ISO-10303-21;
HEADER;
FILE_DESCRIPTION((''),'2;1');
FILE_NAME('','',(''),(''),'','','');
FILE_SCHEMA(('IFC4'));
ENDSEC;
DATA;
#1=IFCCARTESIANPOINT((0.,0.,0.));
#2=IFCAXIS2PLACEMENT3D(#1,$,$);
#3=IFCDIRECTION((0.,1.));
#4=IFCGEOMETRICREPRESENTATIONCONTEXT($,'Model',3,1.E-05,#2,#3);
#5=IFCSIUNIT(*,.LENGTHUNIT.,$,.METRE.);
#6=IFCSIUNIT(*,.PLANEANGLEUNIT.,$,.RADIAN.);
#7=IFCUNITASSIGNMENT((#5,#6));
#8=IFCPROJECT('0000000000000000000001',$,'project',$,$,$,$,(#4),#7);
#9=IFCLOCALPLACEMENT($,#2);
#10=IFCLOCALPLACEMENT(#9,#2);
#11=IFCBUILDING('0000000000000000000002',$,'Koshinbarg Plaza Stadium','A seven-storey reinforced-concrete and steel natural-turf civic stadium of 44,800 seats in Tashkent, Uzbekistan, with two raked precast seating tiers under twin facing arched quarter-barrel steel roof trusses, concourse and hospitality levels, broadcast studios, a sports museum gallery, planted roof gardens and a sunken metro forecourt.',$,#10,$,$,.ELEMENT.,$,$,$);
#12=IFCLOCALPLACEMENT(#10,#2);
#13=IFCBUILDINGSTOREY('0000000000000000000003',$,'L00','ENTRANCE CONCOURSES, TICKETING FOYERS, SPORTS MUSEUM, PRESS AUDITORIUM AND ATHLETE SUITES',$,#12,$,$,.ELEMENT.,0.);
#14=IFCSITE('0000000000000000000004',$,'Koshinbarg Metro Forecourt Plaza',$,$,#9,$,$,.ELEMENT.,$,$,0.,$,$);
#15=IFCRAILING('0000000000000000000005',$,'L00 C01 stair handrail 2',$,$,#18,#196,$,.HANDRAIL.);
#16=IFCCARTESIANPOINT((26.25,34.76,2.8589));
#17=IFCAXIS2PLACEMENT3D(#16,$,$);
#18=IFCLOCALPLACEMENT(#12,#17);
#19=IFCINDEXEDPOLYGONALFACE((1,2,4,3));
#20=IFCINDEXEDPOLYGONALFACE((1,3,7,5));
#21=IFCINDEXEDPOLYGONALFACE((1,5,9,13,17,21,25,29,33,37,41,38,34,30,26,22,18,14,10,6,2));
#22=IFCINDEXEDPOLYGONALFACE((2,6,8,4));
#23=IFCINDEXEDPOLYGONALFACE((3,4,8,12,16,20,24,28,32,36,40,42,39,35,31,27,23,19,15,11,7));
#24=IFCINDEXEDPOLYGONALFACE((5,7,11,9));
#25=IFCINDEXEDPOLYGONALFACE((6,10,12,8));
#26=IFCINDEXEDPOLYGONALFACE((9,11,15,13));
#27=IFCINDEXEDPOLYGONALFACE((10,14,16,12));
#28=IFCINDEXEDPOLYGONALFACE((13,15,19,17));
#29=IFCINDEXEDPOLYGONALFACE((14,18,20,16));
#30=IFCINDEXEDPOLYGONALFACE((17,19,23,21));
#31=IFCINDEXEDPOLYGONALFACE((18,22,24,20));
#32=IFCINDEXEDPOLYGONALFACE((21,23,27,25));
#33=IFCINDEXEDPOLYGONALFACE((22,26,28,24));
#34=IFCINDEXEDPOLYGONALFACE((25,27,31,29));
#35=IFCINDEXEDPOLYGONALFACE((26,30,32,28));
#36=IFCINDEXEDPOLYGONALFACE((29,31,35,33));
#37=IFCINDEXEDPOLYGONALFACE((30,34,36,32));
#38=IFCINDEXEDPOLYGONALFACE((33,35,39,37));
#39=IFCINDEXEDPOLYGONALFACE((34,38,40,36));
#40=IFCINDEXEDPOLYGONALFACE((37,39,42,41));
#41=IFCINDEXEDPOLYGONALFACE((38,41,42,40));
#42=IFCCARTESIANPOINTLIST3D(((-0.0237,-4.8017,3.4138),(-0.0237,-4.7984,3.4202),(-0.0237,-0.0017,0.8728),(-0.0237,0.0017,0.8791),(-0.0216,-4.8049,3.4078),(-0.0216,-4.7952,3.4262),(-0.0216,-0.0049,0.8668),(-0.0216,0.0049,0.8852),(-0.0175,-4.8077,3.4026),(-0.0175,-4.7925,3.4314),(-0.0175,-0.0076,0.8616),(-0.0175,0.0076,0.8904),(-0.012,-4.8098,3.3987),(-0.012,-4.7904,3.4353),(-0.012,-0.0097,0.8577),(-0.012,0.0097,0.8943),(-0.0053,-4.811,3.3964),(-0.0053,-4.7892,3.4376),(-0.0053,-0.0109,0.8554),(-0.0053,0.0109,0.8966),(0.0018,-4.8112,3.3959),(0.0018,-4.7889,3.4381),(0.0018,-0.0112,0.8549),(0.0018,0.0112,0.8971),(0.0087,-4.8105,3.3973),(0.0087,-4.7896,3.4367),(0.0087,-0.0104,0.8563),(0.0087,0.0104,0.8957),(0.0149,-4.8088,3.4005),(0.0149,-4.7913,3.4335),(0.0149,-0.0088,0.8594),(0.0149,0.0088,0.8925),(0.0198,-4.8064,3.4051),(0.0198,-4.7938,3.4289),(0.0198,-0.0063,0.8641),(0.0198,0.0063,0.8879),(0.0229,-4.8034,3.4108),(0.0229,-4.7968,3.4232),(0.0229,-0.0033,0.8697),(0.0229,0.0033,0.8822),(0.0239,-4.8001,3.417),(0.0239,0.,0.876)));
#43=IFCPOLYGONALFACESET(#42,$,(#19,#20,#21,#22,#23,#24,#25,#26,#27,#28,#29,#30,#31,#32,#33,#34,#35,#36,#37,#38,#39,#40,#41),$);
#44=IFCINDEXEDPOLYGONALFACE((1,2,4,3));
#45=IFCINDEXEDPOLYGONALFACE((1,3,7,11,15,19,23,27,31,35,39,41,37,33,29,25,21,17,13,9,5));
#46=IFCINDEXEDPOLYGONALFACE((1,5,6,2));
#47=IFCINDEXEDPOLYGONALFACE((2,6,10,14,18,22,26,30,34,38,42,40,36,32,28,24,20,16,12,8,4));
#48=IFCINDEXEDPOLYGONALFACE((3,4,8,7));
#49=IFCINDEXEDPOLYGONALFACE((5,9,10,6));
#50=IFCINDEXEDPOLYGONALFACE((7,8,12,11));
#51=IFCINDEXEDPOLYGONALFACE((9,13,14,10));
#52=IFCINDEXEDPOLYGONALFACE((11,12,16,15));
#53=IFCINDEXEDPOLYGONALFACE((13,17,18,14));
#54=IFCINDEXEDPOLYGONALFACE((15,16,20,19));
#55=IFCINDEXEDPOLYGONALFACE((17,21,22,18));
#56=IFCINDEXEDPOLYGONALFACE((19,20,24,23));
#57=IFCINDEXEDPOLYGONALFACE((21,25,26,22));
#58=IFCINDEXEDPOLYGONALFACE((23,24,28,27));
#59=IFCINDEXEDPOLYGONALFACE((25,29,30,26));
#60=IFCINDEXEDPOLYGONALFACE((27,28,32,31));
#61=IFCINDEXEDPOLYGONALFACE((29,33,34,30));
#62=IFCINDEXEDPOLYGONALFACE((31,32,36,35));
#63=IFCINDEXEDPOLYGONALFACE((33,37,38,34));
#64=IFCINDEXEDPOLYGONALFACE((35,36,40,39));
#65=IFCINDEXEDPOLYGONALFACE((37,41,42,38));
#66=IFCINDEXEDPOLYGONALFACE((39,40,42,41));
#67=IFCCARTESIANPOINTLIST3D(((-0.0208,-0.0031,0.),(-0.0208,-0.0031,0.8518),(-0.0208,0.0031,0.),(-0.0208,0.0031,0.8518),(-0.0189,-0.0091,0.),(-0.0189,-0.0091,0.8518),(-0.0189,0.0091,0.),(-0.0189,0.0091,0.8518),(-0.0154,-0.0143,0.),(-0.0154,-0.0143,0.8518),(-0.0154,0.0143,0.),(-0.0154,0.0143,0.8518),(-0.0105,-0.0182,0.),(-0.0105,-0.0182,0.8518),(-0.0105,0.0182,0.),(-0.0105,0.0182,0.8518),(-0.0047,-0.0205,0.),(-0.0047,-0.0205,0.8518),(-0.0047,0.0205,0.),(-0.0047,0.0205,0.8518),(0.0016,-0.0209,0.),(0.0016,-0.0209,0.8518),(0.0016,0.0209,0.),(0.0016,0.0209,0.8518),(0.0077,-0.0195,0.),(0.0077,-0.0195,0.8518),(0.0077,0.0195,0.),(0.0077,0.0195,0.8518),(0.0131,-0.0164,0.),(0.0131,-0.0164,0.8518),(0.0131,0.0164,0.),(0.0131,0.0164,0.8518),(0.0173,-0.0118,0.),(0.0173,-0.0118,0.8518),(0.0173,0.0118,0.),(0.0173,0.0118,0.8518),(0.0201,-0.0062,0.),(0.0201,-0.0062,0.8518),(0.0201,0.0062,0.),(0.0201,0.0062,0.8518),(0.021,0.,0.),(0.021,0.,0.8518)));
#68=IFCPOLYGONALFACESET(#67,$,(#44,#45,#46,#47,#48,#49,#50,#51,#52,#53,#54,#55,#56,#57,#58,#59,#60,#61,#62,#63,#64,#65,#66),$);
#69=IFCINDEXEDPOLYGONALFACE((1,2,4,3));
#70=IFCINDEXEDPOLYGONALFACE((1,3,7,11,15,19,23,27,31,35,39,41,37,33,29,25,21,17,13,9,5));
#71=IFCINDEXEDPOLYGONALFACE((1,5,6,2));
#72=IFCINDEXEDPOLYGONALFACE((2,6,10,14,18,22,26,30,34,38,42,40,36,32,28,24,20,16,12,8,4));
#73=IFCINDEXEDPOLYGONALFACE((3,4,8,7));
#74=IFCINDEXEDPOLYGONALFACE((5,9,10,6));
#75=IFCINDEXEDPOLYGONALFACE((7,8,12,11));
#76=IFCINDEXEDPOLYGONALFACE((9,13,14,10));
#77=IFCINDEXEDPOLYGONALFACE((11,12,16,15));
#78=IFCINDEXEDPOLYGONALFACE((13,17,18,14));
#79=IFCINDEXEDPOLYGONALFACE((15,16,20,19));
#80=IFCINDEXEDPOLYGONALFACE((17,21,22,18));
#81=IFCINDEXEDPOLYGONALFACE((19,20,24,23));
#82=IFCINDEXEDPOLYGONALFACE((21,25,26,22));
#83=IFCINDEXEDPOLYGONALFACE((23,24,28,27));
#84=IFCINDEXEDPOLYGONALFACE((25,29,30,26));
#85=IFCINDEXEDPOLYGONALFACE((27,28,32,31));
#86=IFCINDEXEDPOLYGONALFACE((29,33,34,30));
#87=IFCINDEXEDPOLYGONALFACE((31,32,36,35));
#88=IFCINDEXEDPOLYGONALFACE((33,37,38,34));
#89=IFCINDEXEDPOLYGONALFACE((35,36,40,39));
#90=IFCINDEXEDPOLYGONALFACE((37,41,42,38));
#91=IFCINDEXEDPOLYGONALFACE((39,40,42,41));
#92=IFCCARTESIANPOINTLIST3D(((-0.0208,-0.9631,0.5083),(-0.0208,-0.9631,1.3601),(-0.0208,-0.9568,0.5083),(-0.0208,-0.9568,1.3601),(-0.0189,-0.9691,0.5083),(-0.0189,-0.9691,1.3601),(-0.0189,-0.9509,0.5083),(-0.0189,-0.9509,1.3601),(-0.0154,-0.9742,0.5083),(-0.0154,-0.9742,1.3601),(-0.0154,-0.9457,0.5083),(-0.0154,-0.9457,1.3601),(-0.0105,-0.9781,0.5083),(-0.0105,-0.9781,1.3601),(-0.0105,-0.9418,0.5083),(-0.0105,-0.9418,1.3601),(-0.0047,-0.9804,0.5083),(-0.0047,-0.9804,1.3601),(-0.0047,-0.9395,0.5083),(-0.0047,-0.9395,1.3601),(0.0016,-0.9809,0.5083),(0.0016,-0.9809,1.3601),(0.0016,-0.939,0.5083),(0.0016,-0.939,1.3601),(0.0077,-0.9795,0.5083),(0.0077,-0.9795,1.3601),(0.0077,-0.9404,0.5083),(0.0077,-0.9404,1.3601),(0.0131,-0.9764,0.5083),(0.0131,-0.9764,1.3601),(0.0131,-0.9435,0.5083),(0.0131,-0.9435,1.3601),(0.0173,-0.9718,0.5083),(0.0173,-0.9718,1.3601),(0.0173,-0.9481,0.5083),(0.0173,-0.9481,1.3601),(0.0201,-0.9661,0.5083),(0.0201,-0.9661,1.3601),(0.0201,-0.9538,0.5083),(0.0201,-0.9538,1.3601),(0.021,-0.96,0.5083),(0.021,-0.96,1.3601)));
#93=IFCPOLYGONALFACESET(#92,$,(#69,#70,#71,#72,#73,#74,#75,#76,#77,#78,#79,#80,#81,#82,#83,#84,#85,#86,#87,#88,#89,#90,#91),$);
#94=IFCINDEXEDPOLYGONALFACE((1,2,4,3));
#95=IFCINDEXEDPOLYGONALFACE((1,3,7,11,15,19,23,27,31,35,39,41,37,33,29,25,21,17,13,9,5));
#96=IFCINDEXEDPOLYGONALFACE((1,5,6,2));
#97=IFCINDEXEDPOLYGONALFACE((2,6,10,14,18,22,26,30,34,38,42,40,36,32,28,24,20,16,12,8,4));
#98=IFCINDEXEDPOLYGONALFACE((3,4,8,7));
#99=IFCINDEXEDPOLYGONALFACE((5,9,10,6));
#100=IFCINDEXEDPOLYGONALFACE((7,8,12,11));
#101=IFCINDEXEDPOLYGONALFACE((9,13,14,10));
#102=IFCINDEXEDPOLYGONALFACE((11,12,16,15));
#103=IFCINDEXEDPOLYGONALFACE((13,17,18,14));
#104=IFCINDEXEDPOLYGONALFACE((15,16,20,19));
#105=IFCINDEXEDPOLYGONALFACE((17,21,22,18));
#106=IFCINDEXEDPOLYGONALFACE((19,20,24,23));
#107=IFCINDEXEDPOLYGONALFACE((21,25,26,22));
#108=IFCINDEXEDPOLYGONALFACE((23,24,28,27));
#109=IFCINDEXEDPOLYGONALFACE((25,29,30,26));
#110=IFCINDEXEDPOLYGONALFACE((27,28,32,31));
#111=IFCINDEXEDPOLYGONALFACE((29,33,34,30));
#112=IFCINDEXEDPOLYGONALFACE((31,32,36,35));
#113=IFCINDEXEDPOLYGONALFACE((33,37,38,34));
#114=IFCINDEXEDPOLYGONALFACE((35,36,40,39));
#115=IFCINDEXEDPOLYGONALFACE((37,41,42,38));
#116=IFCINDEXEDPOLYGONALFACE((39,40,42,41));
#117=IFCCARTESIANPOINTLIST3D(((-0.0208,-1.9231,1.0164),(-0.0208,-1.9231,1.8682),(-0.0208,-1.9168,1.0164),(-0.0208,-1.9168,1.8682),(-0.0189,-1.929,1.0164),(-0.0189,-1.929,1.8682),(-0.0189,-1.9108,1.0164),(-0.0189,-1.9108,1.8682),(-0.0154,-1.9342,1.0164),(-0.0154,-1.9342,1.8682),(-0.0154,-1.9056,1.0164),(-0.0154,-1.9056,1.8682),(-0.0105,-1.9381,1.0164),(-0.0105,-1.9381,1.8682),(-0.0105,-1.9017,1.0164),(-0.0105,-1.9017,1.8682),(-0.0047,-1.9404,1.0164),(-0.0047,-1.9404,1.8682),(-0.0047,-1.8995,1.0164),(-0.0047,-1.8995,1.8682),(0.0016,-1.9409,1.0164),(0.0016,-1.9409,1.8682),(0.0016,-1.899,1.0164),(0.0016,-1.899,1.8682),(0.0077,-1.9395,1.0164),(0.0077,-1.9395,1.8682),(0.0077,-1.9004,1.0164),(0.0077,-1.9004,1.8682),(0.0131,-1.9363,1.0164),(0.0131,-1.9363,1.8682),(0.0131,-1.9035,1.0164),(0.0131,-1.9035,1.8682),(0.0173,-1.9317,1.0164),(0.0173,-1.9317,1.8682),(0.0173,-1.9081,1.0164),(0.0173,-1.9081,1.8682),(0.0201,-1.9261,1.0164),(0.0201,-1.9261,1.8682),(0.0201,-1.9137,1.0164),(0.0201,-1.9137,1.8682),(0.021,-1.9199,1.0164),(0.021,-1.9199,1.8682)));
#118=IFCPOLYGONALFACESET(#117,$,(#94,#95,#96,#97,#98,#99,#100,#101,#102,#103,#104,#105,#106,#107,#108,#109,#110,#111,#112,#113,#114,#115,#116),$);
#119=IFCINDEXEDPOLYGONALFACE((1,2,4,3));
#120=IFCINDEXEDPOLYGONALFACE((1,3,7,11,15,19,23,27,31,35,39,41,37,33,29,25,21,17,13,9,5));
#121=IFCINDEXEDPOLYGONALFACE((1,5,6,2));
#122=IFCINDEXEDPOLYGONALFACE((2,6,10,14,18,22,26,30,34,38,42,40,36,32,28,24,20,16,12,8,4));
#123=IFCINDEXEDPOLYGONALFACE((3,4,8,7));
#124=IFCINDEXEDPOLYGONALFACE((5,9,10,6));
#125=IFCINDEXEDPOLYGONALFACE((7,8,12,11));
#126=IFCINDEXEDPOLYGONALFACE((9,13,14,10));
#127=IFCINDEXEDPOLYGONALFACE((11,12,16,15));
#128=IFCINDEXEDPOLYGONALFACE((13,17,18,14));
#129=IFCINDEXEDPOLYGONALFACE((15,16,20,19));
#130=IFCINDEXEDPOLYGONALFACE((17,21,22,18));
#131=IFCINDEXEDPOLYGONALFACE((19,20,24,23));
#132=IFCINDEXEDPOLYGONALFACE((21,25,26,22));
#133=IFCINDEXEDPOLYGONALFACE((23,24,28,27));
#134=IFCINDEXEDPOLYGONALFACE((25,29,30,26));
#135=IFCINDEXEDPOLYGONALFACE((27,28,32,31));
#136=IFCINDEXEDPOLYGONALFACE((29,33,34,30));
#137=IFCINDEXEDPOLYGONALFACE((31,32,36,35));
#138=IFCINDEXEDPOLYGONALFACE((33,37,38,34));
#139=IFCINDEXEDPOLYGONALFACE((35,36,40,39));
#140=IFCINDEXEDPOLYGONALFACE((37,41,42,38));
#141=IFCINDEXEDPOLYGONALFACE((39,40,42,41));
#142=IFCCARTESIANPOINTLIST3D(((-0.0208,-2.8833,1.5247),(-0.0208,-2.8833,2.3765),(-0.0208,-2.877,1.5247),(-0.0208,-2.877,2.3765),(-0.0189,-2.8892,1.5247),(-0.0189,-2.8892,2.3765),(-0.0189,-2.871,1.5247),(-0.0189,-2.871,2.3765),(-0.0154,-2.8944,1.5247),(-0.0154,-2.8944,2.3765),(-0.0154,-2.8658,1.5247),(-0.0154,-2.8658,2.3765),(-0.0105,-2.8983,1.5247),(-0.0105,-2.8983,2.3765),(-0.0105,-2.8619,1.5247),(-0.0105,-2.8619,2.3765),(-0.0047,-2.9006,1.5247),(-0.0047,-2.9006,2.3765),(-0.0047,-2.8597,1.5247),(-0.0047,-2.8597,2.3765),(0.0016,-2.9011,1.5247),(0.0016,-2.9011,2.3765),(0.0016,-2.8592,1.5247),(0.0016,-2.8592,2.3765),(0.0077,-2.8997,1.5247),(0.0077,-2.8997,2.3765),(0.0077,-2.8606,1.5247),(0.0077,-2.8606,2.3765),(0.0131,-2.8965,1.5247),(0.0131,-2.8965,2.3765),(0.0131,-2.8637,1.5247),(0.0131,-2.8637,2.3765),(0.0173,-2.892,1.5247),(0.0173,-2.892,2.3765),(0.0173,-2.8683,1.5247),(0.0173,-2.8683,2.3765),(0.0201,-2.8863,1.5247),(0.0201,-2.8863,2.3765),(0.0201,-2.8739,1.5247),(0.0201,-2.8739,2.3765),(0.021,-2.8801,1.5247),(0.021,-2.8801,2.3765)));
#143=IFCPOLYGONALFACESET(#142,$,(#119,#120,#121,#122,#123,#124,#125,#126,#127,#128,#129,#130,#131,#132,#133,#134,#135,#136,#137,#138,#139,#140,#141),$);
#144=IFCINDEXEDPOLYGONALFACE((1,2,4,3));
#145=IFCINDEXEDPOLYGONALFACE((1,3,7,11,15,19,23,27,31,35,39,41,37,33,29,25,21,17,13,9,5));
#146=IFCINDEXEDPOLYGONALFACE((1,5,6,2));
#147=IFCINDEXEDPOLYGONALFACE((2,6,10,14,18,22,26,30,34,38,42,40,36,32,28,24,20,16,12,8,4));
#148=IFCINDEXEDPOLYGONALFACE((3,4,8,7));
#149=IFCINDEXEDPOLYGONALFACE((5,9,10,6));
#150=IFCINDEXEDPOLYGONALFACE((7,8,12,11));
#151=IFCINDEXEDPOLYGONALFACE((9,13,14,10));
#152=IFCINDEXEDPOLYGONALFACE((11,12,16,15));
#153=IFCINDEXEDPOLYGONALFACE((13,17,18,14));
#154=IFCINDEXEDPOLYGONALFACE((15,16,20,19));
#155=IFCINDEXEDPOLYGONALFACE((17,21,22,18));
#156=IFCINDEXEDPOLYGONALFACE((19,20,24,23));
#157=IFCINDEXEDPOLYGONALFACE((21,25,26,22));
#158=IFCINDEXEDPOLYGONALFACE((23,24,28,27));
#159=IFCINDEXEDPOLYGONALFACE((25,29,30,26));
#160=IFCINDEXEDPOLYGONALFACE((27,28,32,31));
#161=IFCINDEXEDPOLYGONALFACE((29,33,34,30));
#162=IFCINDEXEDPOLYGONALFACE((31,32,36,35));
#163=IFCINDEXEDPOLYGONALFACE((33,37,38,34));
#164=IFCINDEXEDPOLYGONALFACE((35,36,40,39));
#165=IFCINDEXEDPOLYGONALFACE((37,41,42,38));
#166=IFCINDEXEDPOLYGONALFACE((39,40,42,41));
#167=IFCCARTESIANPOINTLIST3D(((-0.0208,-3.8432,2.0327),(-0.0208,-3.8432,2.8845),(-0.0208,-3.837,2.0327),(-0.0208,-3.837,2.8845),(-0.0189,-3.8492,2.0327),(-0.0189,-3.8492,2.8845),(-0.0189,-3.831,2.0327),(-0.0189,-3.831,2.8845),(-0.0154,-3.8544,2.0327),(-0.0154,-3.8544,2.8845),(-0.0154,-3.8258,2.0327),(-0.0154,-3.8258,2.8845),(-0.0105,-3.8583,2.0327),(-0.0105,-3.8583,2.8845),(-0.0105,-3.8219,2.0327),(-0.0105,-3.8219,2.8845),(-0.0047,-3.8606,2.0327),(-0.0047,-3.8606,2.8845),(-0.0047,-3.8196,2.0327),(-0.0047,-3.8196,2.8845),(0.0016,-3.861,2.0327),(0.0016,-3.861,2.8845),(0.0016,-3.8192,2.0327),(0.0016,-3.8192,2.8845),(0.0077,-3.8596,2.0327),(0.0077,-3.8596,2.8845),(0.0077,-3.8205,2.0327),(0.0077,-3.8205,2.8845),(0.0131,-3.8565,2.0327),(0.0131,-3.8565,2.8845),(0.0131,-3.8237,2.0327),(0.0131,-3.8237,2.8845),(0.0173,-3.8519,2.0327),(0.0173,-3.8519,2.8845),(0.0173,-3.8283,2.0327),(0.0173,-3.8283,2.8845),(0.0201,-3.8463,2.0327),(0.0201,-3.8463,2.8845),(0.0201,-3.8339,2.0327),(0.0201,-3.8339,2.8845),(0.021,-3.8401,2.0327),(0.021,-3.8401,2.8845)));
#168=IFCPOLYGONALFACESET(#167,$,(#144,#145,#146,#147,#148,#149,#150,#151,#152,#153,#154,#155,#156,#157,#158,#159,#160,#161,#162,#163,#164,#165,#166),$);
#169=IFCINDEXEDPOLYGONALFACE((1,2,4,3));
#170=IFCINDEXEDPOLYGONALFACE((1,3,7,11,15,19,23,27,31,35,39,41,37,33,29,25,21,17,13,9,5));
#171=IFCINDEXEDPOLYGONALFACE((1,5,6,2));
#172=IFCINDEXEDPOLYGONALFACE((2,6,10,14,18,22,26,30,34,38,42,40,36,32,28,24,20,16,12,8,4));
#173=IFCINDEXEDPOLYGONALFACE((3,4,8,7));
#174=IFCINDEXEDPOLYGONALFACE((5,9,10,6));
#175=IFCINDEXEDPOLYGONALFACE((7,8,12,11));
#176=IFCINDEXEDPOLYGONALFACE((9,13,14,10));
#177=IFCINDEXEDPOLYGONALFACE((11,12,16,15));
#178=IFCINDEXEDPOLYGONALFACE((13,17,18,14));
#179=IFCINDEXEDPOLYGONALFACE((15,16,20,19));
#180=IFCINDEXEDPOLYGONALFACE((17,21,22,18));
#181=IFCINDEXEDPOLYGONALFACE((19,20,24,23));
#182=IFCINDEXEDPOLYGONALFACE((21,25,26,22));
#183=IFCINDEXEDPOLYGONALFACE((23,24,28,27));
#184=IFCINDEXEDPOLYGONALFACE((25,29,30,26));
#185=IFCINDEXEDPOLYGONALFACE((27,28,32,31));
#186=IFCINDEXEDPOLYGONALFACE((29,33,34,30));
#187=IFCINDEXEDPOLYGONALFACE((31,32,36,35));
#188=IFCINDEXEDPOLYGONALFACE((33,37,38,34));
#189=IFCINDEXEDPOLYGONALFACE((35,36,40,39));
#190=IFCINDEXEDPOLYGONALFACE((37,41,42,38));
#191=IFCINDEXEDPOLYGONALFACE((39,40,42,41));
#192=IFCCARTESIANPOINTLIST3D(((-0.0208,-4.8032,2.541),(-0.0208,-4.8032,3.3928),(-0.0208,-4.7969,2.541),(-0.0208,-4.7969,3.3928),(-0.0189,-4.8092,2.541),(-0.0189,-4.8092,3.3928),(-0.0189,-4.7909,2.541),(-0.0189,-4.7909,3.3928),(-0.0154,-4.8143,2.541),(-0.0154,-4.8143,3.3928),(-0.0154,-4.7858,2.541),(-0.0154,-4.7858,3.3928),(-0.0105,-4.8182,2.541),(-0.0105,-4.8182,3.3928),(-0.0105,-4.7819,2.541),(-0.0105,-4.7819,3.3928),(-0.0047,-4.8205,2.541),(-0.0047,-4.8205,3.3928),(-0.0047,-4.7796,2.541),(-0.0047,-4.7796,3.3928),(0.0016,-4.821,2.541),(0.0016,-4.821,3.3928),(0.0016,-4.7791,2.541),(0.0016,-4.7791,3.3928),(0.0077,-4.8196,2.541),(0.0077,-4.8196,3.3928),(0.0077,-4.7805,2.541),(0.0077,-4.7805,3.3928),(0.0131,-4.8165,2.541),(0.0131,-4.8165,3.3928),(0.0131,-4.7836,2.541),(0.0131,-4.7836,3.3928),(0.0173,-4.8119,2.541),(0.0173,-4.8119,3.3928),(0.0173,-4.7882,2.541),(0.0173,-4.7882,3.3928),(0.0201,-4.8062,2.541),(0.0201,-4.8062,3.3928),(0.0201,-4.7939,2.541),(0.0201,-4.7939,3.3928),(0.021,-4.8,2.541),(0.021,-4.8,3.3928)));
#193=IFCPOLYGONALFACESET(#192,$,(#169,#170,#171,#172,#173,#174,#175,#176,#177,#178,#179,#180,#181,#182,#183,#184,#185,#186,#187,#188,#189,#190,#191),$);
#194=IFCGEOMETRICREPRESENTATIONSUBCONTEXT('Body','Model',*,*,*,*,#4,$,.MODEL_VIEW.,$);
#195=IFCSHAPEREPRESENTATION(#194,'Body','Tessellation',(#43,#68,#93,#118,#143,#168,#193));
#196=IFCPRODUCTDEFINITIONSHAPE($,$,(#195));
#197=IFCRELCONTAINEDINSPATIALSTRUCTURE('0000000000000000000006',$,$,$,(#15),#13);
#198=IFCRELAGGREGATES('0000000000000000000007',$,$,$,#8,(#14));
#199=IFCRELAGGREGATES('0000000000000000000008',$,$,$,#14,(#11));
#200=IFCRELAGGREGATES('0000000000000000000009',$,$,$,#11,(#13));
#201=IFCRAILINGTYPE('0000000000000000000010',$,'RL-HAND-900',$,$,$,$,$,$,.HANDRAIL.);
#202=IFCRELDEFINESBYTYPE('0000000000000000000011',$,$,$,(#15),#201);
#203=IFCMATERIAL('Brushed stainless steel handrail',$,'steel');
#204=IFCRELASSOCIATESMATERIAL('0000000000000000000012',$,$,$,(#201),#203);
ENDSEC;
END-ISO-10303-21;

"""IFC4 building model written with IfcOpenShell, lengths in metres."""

from ifc_helpers import new_model, si_unit, direction, frame, origin, origin_2d, place, context, subcontext, project, spatial, circle, extrude, material, type_object, element, save


model = new_model("IFC4")

# Units and contexts
model_context = context("Model", 3, precision=1e-05, world=origin(), true_north=direction((0.0, 1.0)))
body_context = subcontext(model_context, "Body", "Model", "MODEL_VIEW")
ifc_project = project(units=[si_unit("LENGTHUNIT", "METRE"), si_unit("PLANEANGLEUNIT", "RADIAN")], contexts=[model_context])

# Site, building, storey
site_placement = place(None, origin())
site = spatial("IfcSite", under=ifc_project, at=site_placement, Name="Koshinbarg Metro Forecourt Plaza", CompositionType="ELEMENT", RefElevation=0.0)
building_placement = place(site_placement, origin())
building = spatial("IfcBuilding", under=site, at=building_placement, Name="Koshinbarg Plaza Stadium", Description="A seven-storey reinforced-concrete and steel natural-turf civic stadium of 44,800 seats in Tashkent, Uzbekistan, with two raked precast seating tiers under twin facing arched quarter-barrel steel roof trusses, concourse and hospitality levels, broadcast studios, a sports museum gallery, planted roof gardens and a sunken metro forecourt.", CompositionType="ELEMENT")
storey_placement = place(building_placement, origin())
storey = spatial("IfcBuildingStorey", under=building, at=storey_placement, Name="L00", Description="ENTRANCE CONCOURSES, TICKETING FOYERS, SPORTS MUSEUM, PRESS AUDITORIUM AND ATHLETE SUITES", CompositionType="ELEMENT", Elevation=0.0)

# Railing
ifc_material_1 = material(Name="Brushed stainless steel handrail", Category="steel")
railing_type_1 = type_object("IfcRailingType", Name="RL-HAND-900", PredefinedType="HANDRAIL", material=ifc_material_1)
railing_1_placement = place(storey_placement, frame((26.25, 34.76, 2.8589)))
element("IfcRailing", 1, at=railing_1_placement, inside=storey, type_object=railing_type_1, Name="L00 C01 stair handrail 2", PredefinedType="HANDRAIL", context=body_context, shape_type="SweptSolid", body=[
    extrude(circle(Radius=0.0239, at=origin_2d()), frame((0.0, 0.0, 0.876), z_axis=(0.0, -0.883802, 0.467861), x_axis=(1.0, 0.0, 0.0)), (0.0, 0.0, 1.0), 5.4312),
    extrude(circle(Radius=0.021, at=origin_2d()), origin(), (0.0, 0.0, 1.0), 0.8518),
    extrude(circle(Radius=0.021, at=origin_2d()), frame((0.0, -0.96, 0.5083)), (0.0, 0.0, 1.0), 0.8518),
    extrude(circle(Radius=0.021, at=origin_2d()), frame((0.0, -1.9199, 1.0164)), (0.0, 0.0, 1.0), 0.8518),
    extrude(circle(Radius=0.021, at=origin_2d()), frame((0.0, -2.8801, 1.5247)), (0.0, 0.0, 1.0), 0.8518),
    extrude(circle(Radius=0.021, at=origin_2d()), frame((0.0, -3.8401, 2.0327)), (0.0, 0.0, 1.0), 0.8518),
    extrude(circle(Radius=0.021, at=origin_2d()), frame((0.0, -4.8, 2.541)), (0.0, 0.0, 1.0), 0.8518),
])

save(model, "model.ifc")
